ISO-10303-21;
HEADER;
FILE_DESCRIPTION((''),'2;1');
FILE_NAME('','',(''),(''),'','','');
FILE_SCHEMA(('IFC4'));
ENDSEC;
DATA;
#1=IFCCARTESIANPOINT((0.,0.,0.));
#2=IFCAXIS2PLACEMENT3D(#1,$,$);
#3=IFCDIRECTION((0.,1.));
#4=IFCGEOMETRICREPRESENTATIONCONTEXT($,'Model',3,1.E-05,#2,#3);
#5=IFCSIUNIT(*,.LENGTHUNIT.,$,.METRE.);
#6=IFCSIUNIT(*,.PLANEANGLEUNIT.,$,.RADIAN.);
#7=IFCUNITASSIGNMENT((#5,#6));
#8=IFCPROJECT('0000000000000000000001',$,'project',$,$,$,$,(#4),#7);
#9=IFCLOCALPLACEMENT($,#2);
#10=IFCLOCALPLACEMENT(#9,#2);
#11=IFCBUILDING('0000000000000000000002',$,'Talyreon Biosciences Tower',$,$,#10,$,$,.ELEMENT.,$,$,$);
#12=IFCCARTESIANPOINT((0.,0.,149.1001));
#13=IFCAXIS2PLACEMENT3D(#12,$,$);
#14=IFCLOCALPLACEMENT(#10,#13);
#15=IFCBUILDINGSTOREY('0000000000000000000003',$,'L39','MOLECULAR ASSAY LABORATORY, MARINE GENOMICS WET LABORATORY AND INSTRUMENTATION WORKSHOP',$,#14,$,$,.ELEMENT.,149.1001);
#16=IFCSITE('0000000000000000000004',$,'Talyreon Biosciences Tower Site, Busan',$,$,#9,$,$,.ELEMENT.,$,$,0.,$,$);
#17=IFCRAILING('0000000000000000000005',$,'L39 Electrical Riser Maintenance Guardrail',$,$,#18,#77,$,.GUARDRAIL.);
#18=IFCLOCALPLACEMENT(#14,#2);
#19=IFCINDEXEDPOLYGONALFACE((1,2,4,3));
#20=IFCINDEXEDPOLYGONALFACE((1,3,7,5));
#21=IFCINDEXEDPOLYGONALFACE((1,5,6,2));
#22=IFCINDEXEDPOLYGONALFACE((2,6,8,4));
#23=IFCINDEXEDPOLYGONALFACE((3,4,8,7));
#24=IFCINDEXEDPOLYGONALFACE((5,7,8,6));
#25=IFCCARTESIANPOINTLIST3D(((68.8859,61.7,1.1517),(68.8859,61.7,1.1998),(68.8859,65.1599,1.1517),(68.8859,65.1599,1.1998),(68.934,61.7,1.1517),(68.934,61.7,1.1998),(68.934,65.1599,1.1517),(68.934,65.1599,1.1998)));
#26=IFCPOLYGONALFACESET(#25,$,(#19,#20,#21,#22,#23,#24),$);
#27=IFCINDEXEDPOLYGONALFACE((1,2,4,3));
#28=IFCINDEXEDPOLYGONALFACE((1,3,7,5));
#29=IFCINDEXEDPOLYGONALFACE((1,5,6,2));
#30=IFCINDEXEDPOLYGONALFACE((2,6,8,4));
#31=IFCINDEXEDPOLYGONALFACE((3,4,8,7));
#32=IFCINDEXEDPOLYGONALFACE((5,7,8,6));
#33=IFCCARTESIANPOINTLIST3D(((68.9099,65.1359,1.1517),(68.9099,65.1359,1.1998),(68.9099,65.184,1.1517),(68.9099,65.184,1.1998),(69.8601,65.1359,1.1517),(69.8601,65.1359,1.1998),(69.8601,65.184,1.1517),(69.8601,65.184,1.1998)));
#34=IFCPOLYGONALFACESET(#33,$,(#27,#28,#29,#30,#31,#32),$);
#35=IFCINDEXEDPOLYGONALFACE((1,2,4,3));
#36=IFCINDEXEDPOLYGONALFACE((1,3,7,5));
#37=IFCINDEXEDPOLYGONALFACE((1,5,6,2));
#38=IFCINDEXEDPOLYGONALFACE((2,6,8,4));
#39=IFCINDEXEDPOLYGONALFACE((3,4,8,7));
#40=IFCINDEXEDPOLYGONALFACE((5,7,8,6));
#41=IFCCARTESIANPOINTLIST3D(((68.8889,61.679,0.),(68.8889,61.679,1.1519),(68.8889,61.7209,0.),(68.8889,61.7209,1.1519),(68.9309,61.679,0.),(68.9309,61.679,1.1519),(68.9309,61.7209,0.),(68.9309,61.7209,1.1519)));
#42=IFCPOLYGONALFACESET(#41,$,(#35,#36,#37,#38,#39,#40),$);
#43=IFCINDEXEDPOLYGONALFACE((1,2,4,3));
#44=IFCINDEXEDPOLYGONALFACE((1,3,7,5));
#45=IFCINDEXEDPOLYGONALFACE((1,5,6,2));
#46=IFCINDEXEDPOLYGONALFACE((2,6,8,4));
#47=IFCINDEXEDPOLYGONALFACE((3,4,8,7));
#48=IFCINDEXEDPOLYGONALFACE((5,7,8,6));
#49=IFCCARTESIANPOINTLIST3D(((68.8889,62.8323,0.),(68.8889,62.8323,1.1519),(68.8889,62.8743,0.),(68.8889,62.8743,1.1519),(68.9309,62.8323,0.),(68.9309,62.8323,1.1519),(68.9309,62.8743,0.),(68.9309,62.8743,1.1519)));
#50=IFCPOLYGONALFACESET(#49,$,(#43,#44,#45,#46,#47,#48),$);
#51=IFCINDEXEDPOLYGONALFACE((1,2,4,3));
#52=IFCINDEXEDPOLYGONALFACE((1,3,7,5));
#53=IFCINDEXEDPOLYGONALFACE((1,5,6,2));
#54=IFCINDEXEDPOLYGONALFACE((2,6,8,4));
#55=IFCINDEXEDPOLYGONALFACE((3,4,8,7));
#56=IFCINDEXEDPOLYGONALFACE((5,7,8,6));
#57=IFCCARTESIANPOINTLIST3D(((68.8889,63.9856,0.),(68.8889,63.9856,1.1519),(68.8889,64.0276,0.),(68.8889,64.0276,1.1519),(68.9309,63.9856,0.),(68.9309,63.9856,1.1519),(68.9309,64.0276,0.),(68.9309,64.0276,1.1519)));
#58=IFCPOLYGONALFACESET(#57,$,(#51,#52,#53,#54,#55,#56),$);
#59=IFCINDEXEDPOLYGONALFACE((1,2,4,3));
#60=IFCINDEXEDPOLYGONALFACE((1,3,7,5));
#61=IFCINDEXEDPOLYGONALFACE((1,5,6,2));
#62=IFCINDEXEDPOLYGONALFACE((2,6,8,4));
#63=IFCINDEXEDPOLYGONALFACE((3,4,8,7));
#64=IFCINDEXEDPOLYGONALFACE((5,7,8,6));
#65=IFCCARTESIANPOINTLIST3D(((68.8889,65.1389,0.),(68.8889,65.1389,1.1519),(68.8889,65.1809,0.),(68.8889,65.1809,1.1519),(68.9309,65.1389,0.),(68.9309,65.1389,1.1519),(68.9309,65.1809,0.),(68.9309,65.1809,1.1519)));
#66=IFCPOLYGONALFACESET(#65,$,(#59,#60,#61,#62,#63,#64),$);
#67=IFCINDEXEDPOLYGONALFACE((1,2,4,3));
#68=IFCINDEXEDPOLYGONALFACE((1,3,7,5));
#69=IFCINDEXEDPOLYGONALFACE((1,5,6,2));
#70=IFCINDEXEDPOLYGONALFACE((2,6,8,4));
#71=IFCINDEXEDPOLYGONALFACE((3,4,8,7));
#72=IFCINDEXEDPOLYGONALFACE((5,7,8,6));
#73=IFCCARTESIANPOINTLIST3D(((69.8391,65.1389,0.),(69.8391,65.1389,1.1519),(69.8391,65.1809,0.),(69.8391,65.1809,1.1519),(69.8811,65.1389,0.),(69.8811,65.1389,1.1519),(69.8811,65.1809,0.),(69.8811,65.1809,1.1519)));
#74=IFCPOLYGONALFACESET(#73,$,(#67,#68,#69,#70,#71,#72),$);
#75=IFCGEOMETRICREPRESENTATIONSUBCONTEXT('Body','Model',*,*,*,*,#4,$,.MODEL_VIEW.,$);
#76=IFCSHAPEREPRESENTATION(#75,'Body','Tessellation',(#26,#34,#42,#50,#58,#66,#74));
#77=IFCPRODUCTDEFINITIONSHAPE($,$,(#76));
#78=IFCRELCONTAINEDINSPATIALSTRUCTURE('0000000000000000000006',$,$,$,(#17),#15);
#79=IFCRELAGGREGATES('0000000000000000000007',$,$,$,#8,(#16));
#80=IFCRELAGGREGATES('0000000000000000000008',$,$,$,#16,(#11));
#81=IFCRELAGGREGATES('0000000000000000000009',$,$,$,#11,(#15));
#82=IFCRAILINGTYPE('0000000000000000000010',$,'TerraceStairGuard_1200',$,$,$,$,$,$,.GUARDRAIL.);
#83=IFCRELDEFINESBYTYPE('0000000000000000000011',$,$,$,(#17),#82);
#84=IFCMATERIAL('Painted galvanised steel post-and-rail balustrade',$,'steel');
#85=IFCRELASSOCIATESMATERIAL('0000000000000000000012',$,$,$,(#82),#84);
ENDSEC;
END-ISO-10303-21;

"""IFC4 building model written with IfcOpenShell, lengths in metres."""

from ifc_helpers import new_model, si_unit, direction, frame, origin, origin_2d, place, context, subcontext, project, spatial, rectangle, extrude, material, type_object, element, save


model = new_model("IFC4")

# Units and contexts
model_context = context("Model", 3, precision=1e-05, world=origin(), true_north=direction((0.0, 1.0)))
body_context = subcontext(model_context, "Body", "Model", "MODEL_VIEW")
ifc_project = project(units=[si_unit("LENGTHUNIT", "METRE"), si_unit("PLANEANGLEUNIT", "RADIAN")], contexts=[model_context])

# Site, building, storey
site_placement = place(None, origin())
site = spatial("IfcSite", under=ifc_project, at=site_placement, Name="Talyreon Biosciences Tower Site, Busan", CompositionType="ELEMENT", RefElevation=0.0)
building_placement = place(site_placement, origin())
building = spatial("IfcBuilding", under=site, at=building_placement, Name="Talyreon Biosciences Tower", CompositionType="ELEMENT")
storey_placement = place(building_placement, frame((0.0, 0.0, 149.1001)))
storey = spatial("IfcBuildingStorey", under=building, at=storey_placement, Name="L39", Description="MOLECULAR ASSAY LABORATORY, MARINE GENOMICS WET LABORATORY AND INSTRUMENTATION WORKSHOP", CompositionType="ELEMENT", Elevation=149.1001)

# Railing
ifc_material_1 = material(Name="Painted galvanised steel post-and-rail balustrade", Category="steel")
railing_type_1 = type_object("IfcRailingType", Name="TerraceStairGuard_1200", PredefinedType="GUARDRAIL", material=ifc_material_1)
railing_1_placement = place(storey_placement, frame((68.9099, 61.7, 0.0)))
element("IfcRailing", 1, at=railing_1_placement, inside=storey, type_object=railing_type_1, Name="L39 Electrical Riser Maintenance Guardrail", PredefinedType="GUARDRAIL", context=body_context, shape_type="SweptSolid", body=[
    extrude(rectangle(XDim=0.0481, YDim=0.0481, at=origin_2d()), frame((0.0, 0.0, 1.1758), z_axis=(0.0, 1.0, 0.0), x_axis=(-1.0, 0.0, 0.0)), (0.0, 0.0, 1.0), 3.46),
    extrude(rectangle(XDim=0.0481, YDim=0.0481, at=origin_2d()), frame((0.0, 3.46, 1.1758), z_axis=(1.0, 0.0, 0.0), x_axis=(0.0, 1.0, 0.0)), (0.0, 0.0, 1.0), 0.9502),
    extrude(rectangle(XDim=0.042, YDim=0.042, at=origin_2d()), origin(), (0.0, 0.0, 1.0), 1.1519),
    extrude(rectangle(XDim=0.042, YDim=0.042, at=origin_2d()), frame((0.0, 1.1533, 0.0)), (0.0, 0.0, 1.0), 1.1519),
    extrude(rectangle(XDim=0.042, YDim=0.042, at=origin_2d()), frame((0.0, 2.3066, 0.0)), (0.0, 0.0, 1.0), 1.1519),
    extrude(rectangle(XDim=0.042, YDim=0.042, at=origin_2d()), frame((0.0, 3.46, 0.0)), (0.0, 0.0, 1.0), 1.1519),
    extrude(rectangle(XDim=0.042, YDim=0.042, at=origin_2d()), frame((0.9502, 3.46, 0.0)), (0.0, 0.0, 1.0), 1.1519),
])

save(model, "model.ifc")
